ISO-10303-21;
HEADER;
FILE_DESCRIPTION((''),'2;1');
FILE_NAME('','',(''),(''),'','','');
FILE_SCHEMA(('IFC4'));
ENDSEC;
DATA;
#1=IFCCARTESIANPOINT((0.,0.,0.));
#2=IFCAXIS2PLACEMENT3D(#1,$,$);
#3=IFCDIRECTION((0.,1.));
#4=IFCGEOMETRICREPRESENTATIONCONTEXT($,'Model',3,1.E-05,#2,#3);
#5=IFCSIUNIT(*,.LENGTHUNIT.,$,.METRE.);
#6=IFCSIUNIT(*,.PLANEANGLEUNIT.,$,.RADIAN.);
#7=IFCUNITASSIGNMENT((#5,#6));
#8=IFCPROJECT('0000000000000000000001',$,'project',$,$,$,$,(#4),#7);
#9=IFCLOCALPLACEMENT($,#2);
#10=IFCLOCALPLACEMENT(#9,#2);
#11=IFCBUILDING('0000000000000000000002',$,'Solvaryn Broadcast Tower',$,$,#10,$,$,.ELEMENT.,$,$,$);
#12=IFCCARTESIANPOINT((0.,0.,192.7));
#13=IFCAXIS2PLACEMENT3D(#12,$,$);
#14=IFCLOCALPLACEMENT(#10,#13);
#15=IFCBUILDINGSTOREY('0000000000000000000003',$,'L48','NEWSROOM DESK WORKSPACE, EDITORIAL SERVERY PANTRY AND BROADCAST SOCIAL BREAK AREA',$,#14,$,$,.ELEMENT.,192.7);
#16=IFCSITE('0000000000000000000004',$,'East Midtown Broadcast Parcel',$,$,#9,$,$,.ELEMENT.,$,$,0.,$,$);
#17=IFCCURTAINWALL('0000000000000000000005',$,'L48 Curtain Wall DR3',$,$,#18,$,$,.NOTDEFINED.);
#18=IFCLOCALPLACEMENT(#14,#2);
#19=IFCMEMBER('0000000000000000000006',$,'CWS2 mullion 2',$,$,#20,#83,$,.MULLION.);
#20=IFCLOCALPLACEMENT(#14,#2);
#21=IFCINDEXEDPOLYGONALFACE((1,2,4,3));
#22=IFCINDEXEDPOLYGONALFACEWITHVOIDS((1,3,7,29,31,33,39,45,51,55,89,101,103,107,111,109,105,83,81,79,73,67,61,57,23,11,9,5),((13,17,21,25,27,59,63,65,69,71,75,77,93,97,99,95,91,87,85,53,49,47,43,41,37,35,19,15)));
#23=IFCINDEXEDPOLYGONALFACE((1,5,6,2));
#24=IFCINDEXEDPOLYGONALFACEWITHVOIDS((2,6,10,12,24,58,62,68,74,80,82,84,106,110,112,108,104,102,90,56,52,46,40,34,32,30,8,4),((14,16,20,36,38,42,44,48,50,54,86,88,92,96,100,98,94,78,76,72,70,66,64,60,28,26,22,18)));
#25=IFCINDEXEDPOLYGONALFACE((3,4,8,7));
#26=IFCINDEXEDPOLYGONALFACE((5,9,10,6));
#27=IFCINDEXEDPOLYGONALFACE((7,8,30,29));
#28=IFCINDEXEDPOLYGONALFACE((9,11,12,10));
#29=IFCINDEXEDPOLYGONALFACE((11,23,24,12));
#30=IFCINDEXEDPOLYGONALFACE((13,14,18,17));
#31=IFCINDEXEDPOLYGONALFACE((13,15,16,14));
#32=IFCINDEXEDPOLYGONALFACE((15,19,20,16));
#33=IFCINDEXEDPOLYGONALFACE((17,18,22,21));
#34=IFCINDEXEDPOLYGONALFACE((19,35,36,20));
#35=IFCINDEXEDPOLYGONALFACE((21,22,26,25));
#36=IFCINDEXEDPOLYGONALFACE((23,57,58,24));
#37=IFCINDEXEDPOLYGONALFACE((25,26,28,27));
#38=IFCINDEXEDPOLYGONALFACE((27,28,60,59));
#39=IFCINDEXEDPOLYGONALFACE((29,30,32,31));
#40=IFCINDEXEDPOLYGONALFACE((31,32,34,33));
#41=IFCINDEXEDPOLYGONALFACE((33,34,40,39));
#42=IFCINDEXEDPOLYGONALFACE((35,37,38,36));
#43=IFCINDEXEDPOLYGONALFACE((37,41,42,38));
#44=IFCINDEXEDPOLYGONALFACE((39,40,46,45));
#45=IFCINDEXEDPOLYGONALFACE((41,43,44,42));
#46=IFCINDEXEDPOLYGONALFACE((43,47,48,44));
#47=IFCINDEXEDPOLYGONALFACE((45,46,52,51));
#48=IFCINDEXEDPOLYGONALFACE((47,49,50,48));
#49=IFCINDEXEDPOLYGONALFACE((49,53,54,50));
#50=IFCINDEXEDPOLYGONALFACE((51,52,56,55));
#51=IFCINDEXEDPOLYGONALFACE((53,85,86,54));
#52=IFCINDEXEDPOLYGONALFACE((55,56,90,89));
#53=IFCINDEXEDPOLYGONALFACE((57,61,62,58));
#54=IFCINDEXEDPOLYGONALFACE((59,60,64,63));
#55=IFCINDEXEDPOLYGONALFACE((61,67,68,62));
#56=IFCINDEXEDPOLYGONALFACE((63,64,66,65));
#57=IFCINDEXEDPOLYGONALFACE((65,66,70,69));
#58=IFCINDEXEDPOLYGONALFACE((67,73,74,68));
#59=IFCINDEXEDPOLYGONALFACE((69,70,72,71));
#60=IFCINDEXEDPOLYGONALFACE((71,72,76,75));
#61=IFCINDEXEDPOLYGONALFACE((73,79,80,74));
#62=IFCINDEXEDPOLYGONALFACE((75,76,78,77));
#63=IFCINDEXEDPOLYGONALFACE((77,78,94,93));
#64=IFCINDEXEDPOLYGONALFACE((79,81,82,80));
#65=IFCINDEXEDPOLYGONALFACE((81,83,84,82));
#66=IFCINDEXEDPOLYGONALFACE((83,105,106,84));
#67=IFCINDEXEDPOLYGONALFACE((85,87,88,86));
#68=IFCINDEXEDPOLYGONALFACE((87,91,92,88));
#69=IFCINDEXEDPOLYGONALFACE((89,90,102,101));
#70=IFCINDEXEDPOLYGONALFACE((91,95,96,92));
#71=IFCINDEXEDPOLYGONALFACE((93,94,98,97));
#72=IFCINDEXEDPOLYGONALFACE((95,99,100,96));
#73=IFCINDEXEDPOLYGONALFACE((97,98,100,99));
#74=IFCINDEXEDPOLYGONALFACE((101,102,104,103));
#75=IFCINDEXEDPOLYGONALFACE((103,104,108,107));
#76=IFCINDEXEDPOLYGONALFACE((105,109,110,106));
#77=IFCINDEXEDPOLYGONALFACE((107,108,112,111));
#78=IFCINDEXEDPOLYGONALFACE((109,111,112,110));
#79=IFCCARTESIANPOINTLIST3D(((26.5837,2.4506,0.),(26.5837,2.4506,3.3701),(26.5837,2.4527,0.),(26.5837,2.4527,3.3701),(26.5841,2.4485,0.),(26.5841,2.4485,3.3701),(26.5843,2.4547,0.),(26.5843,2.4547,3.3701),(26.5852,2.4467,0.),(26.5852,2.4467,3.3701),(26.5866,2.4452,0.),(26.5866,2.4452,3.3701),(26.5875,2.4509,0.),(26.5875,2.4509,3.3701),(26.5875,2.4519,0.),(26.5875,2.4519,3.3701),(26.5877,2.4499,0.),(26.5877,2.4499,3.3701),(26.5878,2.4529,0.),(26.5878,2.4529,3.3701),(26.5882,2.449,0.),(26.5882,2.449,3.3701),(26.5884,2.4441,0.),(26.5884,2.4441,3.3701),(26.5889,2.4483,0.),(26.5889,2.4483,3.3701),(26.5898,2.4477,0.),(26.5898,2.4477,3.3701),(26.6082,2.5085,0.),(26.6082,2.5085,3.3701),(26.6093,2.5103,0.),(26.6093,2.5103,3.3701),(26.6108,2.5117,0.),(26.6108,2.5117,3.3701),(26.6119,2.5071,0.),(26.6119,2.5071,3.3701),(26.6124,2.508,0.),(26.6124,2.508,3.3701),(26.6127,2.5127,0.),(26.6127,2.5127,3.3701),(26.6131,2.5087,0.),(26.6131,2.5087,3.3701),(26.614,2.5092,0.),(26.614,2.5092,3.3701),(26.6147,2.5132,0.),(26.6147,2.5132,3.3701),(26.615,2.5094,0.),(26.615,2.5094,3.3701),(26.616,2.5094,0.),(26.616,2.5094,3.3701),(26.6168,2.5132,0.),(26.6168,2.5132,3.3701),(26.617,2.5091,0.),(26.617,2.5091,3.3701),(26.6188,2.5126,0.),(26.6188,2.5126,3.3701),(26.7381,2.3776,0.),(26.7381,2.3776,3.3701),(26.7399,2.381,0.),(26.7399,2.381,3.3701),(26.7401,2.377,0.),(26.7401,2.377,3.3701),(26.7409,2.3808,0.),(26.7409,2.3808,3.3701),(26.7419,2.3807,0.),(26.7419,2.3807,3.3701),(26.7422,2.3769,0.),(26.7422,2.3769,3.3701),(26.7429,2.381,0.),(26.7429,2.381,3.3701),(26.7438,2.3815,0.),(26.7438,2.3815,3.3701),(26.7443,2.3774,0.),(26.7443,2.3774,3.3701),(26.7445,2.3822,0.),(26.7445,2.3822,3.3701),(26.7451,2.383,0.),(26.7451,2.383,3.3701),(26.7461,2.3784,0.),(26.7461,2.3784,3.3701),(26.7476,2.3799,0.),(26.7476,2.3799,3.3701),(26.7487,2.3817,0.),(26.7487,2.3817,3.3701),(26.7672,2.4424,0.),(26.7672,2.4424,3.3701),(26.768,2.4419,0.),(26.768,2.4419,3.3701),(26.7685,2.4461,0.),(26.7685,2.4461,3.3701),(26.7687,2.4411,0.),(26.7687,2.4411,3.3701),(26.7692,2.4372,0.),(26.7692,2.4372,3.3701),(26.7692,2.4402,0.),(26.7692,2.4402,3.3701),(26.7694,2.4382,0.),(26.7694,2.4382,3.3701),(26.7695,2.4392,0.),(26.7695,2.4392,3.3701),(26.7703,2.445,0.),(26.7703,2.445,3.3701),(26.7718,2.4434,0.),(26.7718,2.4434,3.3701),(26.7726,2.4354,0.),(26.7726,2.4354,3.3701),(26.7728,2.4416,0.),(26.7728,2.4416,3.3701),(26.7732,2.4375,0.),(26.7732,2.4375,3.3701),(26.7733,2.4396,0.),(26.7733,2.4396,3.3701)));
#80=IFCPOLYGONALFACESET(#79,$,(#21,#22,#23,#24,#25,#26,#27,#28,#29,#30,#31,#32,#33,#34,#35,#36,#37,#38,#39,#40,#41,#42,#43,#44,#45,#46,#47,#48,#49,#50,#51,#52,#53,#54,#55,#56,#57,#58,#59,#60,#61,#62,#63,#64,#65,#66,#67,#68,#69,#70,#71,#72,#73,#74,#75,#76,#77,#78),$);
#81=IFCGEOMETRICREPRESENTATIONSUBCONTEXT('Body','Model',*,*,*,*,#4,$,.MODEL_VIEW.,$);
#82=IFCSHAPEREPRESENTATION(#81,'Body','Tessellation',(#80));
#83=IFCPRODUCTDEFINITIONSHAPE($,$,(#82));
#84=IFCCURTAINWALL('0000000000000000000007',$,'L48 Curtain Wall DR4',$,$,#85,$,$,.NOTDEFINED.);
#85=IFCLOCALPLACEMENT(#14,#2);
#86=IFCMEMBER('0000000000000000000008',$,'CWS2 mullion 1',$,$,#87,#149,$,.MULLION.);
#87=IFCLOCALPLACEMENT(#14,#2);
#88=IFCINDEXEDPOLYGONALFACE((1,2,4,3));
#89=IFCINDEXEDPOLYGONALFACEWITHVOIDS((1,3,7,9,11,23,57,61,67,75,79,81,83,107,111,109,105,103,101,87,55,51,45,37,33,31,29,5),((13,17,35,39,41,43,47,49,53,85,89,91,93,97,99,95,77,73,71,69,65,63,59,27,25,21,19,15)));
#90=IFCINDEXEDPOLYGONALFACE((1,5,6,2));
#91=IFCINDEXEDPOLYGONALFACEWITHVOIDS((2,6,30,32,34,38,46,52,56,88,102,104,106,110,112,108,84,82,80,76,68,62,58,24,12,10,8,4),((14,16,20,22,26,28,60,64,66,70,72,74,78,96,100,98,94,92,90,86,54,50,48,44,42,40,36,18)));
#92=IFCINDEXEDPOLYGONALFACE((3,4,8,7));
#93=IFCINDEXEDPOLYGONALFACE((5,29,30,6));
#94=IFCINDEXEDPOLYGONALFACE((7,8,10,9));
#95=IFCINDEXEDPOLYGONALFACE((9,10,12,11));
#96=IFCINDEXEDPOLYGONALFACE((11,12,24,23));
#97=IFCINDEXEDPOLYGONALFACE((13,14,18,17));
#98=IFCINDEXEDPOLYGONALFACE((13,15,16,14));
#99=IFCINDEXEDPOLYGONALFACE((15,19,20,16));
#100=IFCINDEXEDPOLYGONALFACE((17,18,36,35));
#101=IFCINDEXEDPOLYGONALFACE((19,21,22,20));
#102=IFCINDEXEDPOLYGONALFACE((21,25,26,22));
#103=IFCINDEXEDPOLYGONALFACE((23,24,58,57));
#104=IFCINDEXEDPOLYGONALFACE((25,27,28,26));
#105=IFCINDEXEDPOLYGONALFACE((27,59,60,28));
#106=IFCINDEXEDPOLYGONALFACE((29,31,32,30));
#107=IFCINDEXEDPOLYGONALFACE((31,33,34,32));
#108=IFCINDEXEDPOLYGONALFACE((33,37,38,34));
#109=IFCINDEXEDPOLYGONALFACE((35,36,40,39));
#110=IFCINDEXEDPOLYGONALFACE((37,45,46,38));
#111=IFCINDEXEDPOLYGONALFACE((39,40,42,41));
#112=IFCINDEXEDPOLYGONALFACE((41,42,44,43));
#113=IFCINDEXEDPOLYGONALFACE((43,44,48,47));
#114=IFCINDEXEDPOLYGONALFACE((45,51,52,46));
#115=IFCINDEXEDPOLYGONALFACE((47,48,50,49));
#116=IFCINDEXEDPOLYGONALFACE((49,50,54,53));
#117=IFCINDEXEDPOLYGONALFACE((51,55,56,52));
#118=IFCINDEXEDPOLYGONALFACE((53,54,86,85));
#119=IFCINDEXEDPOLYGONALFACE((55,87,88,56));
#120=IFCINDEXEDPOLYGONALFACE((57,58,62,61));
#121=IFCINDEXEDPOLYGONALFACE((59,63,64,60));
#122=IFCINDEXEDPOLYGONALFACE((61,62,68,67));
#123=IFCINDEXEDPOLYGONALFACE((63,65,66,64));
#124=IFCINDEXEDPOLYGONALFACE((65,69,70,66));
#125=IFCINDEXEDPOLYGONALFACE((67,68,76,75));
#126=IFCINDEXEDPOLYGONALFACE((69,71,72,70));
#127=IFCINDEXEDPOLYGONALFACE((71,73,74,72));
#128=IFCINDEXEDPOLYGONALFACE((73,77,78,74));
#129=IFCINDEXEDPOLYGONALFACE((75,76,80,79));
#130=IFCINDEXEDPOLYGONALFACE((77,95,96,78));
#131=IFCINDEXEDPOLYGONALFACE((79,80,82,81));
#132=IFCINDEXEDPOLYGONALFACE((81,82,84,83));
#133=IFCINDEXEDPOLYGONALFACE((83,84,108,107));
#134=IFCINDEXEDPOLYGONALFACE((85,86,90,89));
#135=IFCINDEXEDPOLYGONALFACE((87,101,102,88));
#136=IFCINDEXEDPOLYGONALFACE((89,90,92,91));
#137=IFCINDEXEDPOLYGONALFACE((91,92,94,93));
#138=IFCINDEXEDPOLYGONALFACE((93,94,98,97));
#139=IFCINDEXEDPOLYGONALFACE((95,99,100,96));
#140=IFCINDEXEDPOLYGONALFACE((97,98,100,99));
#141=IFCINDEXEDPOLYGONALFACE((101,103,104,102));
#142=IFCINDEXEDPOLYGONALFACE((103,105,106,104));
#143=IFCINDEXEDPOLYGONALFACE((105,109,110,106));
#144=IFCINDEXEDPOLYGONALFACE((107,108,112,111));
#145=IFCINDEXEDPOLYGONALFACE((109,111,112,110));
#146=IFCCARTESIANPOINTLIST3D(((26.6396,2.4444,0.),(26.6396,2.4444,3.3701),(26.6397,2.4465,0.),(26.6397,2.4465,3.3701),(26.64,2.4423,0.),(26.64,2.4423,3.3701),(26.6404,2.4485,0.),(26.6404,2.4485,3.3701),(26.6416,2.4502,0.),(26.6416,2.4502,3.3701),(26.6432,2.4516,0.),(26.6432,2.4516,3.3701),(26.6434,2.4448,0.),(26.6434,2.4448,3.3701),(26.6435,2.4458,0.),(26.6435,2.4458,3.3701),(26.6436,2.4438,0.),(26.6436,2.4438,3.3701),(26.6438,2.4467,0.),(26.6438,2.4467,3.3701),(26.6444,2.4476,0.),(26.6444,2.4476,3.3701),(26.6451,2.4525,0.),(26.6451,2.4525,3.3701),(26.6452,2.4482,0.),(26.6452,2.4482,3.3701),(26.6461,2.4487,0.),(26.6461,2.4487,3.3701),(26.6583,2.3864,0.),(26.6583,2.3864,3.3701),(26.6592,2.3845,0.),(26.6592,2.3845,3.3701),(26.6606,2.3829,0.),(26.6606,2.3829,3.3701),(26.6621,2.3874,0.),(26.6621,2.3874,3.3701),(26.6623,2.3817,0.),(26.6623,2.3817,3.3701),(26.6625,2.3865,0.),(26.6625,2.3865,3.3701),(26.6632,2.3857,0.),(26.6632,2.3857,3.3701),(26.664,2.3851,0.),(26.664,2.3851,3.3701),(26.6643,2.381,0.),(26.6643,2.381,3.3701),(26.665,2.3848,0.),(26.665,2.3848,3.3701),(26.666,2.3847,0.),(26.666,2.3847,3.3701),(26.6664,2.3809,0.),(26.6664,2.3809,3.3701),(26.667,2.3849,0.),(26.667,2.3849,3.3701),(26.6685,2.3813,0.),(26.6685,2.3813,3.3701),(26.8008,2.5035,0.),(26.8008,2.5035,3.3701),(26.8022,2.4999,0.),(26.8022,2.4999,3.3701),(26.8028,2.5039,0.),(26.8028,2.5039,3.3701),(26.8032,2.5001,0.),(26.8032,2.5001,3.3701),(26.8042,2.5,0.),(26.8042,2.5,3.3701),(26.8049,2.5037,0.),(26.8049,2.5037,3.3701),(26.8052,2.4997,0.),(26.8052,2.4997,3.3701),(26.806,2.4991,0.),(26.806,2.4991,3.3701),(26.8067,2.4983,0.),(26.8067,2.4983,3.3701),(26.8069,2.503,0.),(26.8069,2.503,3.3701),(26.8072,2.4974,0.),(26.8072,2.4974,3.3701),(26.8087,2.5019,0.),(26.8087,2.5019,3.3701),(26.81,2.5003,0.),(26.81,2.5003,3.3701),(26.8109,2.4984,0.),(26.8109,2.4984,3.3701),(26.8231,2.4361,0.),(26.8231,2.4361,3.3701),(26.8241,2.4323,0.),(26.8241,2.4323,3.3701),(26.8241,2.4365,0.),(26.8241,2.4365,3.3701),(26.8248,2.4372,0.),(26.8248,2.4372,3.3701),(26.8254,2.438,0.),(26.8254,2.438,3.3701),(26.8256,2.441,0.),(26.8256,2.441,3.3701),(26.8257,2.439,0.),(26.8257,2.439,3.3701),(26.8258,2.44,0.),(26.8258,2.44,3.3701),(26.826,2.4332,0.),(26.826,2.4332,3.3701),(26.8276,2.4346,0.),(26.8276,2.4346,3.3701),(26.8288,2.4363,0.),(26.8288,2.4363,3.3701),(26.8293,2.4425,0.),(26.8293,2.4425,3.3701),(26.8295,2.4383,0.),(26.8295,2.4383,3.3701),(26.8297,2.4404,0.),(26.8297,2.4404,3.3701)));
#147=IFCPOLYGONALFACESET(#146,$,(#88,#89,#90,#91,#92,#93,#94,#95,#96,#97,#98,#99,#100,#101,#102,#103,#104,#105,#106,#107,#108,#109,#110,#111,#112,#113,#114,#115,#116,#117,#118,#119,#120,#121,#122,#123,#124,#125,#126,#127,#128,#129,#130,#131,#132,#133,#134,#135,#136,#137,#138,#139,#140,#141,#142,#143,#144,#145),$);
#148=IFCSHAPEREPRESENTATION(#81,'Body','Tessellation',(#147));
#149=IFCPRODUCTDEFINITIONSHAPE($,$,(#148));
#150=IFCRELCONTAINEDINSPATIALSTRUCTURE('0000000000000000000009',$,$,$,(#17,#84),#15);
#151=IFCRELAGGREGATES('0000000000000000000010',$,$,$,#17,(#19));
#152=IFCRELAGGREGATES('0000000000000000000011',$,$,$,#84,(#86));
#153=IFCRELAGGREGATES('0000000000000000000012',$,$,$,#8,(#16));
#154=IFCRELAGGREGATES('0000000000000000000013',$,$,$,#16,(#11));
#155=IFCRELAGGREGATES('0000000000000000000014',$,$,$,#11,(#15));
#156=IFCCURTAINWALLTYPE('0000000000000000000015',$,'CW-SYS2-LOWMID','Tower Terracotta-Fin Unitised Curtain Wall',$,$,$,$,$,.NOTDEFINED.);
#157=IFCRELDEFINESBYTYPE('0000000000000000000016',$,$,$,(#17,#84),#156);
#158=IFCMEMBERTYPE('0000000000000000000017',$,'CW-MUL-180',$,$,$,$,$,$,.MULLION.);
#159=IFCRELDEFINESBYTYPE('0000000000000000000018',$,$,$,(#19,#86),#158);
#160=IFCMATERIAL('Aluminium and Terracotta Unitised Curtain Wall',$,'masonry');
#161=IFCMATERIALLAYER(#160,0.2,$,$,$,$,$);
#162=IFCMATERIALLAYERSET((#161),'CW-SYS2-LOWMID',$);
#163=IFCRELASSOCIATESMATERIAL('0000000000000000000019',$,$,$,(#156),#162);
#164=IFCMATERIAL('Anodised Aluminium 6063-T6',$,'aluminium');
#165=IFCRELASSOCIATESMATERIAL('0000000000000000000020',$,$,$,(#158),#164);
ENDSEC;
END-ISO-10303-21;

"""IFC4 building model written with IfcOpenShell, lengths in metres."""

from ifc_helpers import new_model, si_unit, direction, frame, origin, origin_2d, place, context, subcontext, project, spatial, hollow_rectangle, extrude, material, layer, layer_set, material_profile, profile_set, type_object, element, aggregate, save


model = new_model("IFC4")

# Units and contexts
model_context = context("Model", 3, precision=1e-05, world=origin(), true_north=direction((0.0, 1.0)))
body_context = subcontext(model_context, "Body", "Model", "MODEL_VIEW")
ifc_project = project(units=[si_unit("LENGTHUNIT", "METRE"), si_unit("PLANEANGLEUNIT", "RADIAN")], contexts=[model_context])

# Site, building, storey
site_placement = place(None, origin())
site = spatial("IfcSite", under=ifc_project, at=site_placement, Name="East Midtown Broadcast Parcel", CompositionType="ELEMENT", RefElevation=0.0)
building_placement = place(site_placement, origin())
building = spatial("IfcBuilding", under=site, at=building_placement, Name="Solvaryn Broadcast Tower", CompositionType="ELEMENT")
storey_placement = place(building_placement, frame((0.0, 0.0, 192.7)))
storey = spatial("IfcBuildingStorey", under=building, at=storey_placement, Name="L48", Description="NEWSROOM DESK WORKSPACE, EDITORIAL SERVERY PANTRY AND BROADCAST SOCIAL BREAK AREA", CompositionType="ELEMENT", Elevation=192.7)

# Curtain wall, member
ifc_material_1 = material(Name="Aluminium and Terracotta Unitised Curtain Wall", Category="masonry")
ifc_layer_1 = layer(ifc_material_1, 0.2)
ifc_layer_set_1 = layer_set([ifc_layer_1], Name="CW-SYS2-LOWMID")
curtain_wall_type = type_object("IfcCurtainWallType", Name="CW-SYS2-LOWMID", Description="Tower Terracotta-Fin Unitised Curtain Wall", PredefinedType="NOTDEFINED", material=ifc_layer_set_1)
curtain_wall_1_placement = place(storey_placement, origin())
curtain_wall_1 = element("IfcCurtainWall", 1, at=curtain_wall_1_placement, inside=storey, type_object=curtain_wall_type, Name="L48 Curtain Wall DR3", PredefinedType="NOTDEFINED")
ifc_material_2 = material(Name="Anodised Aluminium 6063-T6", Category="aluminium")
ifc_material_profile_1 = material_profile(ifc_material_2, hollow_rectangle(XDim=0.075, YDim=0.1799, WallThickness=0.0039, InnerFilletRadius=0.0039, OuterFilletRadius=0.0081, at=origin_2d()))
ifc_profile_set_1 = profile_set([ifc_material_profile_1], Name="Anodised Aluminium 6063-T6")
member_type_1 = type_object("IfcMemberType", Name="CW-MUL-180", PredefinedType="MULLION", material=ifc_profile_set_1)
member_1_placement = place(storey_placement, frame((26.6785, 2.4451, 0.0), z_axis=(0.0, 0.0, 1.0), x_axis=(0.405901, 0.913917, 0.0)))
member_1 = element("IfcMember", 2, at=member_1_placement, type_object=member_type_1, Name="CWS2 mullion 2", PredefinedType="MULLION", context=body_context, shape_type="SweptSolid", body=[
    extrude(hollow_rectangle(XDim=0.075, YDim=0.1799, WallThickness=0.0039, InnerFilletRadius=0.0039, OuterFilletRadius=0.0081, at=origin_2d()), origin(), (0.0, 0.0, 1.0), 3.3701),
])
aggregate(curtain_wall_1, [member_1])

# Curtain wall, member
curtain_wall_2_placement = place(storey_placement, origin())
curtain_wall_2 = element("IfcCurtainWall", 3, at=curtain_wall_2_placement, inside=storey, type_object=curtain_wall_type, Name="L48 Curtain Wall DR4", PredefinedType="NOTDEFINED")
member_2_placement = place(storey_placement, frame((26.7346, 2.4424, 0.0), z_axis=(0.0, 0.0, 1.0), x_axis=(-0.311559, 0.950227, 0.0)))
member_2 = element("IfcMember", 4, at=member_2_placement, type_object=member_type_1, Name="CWS2 mullion 1", PredefinedType="MULLION", context=body_context, shape_type="SweptSolid", body=[
    extrude(hollow_rectangle(XDim=0.075, YDim=0.1799, WallThickness=0.0039, InnerFilletRadius=0.0039, OuterFilletRadius=0.0081, at=origin_2d()), origin(), (0.0, 0.0, 1.0), 3.3701),
])
aggregate(curtain_wall_2, [member_2])

save(model, "model.ifc")
